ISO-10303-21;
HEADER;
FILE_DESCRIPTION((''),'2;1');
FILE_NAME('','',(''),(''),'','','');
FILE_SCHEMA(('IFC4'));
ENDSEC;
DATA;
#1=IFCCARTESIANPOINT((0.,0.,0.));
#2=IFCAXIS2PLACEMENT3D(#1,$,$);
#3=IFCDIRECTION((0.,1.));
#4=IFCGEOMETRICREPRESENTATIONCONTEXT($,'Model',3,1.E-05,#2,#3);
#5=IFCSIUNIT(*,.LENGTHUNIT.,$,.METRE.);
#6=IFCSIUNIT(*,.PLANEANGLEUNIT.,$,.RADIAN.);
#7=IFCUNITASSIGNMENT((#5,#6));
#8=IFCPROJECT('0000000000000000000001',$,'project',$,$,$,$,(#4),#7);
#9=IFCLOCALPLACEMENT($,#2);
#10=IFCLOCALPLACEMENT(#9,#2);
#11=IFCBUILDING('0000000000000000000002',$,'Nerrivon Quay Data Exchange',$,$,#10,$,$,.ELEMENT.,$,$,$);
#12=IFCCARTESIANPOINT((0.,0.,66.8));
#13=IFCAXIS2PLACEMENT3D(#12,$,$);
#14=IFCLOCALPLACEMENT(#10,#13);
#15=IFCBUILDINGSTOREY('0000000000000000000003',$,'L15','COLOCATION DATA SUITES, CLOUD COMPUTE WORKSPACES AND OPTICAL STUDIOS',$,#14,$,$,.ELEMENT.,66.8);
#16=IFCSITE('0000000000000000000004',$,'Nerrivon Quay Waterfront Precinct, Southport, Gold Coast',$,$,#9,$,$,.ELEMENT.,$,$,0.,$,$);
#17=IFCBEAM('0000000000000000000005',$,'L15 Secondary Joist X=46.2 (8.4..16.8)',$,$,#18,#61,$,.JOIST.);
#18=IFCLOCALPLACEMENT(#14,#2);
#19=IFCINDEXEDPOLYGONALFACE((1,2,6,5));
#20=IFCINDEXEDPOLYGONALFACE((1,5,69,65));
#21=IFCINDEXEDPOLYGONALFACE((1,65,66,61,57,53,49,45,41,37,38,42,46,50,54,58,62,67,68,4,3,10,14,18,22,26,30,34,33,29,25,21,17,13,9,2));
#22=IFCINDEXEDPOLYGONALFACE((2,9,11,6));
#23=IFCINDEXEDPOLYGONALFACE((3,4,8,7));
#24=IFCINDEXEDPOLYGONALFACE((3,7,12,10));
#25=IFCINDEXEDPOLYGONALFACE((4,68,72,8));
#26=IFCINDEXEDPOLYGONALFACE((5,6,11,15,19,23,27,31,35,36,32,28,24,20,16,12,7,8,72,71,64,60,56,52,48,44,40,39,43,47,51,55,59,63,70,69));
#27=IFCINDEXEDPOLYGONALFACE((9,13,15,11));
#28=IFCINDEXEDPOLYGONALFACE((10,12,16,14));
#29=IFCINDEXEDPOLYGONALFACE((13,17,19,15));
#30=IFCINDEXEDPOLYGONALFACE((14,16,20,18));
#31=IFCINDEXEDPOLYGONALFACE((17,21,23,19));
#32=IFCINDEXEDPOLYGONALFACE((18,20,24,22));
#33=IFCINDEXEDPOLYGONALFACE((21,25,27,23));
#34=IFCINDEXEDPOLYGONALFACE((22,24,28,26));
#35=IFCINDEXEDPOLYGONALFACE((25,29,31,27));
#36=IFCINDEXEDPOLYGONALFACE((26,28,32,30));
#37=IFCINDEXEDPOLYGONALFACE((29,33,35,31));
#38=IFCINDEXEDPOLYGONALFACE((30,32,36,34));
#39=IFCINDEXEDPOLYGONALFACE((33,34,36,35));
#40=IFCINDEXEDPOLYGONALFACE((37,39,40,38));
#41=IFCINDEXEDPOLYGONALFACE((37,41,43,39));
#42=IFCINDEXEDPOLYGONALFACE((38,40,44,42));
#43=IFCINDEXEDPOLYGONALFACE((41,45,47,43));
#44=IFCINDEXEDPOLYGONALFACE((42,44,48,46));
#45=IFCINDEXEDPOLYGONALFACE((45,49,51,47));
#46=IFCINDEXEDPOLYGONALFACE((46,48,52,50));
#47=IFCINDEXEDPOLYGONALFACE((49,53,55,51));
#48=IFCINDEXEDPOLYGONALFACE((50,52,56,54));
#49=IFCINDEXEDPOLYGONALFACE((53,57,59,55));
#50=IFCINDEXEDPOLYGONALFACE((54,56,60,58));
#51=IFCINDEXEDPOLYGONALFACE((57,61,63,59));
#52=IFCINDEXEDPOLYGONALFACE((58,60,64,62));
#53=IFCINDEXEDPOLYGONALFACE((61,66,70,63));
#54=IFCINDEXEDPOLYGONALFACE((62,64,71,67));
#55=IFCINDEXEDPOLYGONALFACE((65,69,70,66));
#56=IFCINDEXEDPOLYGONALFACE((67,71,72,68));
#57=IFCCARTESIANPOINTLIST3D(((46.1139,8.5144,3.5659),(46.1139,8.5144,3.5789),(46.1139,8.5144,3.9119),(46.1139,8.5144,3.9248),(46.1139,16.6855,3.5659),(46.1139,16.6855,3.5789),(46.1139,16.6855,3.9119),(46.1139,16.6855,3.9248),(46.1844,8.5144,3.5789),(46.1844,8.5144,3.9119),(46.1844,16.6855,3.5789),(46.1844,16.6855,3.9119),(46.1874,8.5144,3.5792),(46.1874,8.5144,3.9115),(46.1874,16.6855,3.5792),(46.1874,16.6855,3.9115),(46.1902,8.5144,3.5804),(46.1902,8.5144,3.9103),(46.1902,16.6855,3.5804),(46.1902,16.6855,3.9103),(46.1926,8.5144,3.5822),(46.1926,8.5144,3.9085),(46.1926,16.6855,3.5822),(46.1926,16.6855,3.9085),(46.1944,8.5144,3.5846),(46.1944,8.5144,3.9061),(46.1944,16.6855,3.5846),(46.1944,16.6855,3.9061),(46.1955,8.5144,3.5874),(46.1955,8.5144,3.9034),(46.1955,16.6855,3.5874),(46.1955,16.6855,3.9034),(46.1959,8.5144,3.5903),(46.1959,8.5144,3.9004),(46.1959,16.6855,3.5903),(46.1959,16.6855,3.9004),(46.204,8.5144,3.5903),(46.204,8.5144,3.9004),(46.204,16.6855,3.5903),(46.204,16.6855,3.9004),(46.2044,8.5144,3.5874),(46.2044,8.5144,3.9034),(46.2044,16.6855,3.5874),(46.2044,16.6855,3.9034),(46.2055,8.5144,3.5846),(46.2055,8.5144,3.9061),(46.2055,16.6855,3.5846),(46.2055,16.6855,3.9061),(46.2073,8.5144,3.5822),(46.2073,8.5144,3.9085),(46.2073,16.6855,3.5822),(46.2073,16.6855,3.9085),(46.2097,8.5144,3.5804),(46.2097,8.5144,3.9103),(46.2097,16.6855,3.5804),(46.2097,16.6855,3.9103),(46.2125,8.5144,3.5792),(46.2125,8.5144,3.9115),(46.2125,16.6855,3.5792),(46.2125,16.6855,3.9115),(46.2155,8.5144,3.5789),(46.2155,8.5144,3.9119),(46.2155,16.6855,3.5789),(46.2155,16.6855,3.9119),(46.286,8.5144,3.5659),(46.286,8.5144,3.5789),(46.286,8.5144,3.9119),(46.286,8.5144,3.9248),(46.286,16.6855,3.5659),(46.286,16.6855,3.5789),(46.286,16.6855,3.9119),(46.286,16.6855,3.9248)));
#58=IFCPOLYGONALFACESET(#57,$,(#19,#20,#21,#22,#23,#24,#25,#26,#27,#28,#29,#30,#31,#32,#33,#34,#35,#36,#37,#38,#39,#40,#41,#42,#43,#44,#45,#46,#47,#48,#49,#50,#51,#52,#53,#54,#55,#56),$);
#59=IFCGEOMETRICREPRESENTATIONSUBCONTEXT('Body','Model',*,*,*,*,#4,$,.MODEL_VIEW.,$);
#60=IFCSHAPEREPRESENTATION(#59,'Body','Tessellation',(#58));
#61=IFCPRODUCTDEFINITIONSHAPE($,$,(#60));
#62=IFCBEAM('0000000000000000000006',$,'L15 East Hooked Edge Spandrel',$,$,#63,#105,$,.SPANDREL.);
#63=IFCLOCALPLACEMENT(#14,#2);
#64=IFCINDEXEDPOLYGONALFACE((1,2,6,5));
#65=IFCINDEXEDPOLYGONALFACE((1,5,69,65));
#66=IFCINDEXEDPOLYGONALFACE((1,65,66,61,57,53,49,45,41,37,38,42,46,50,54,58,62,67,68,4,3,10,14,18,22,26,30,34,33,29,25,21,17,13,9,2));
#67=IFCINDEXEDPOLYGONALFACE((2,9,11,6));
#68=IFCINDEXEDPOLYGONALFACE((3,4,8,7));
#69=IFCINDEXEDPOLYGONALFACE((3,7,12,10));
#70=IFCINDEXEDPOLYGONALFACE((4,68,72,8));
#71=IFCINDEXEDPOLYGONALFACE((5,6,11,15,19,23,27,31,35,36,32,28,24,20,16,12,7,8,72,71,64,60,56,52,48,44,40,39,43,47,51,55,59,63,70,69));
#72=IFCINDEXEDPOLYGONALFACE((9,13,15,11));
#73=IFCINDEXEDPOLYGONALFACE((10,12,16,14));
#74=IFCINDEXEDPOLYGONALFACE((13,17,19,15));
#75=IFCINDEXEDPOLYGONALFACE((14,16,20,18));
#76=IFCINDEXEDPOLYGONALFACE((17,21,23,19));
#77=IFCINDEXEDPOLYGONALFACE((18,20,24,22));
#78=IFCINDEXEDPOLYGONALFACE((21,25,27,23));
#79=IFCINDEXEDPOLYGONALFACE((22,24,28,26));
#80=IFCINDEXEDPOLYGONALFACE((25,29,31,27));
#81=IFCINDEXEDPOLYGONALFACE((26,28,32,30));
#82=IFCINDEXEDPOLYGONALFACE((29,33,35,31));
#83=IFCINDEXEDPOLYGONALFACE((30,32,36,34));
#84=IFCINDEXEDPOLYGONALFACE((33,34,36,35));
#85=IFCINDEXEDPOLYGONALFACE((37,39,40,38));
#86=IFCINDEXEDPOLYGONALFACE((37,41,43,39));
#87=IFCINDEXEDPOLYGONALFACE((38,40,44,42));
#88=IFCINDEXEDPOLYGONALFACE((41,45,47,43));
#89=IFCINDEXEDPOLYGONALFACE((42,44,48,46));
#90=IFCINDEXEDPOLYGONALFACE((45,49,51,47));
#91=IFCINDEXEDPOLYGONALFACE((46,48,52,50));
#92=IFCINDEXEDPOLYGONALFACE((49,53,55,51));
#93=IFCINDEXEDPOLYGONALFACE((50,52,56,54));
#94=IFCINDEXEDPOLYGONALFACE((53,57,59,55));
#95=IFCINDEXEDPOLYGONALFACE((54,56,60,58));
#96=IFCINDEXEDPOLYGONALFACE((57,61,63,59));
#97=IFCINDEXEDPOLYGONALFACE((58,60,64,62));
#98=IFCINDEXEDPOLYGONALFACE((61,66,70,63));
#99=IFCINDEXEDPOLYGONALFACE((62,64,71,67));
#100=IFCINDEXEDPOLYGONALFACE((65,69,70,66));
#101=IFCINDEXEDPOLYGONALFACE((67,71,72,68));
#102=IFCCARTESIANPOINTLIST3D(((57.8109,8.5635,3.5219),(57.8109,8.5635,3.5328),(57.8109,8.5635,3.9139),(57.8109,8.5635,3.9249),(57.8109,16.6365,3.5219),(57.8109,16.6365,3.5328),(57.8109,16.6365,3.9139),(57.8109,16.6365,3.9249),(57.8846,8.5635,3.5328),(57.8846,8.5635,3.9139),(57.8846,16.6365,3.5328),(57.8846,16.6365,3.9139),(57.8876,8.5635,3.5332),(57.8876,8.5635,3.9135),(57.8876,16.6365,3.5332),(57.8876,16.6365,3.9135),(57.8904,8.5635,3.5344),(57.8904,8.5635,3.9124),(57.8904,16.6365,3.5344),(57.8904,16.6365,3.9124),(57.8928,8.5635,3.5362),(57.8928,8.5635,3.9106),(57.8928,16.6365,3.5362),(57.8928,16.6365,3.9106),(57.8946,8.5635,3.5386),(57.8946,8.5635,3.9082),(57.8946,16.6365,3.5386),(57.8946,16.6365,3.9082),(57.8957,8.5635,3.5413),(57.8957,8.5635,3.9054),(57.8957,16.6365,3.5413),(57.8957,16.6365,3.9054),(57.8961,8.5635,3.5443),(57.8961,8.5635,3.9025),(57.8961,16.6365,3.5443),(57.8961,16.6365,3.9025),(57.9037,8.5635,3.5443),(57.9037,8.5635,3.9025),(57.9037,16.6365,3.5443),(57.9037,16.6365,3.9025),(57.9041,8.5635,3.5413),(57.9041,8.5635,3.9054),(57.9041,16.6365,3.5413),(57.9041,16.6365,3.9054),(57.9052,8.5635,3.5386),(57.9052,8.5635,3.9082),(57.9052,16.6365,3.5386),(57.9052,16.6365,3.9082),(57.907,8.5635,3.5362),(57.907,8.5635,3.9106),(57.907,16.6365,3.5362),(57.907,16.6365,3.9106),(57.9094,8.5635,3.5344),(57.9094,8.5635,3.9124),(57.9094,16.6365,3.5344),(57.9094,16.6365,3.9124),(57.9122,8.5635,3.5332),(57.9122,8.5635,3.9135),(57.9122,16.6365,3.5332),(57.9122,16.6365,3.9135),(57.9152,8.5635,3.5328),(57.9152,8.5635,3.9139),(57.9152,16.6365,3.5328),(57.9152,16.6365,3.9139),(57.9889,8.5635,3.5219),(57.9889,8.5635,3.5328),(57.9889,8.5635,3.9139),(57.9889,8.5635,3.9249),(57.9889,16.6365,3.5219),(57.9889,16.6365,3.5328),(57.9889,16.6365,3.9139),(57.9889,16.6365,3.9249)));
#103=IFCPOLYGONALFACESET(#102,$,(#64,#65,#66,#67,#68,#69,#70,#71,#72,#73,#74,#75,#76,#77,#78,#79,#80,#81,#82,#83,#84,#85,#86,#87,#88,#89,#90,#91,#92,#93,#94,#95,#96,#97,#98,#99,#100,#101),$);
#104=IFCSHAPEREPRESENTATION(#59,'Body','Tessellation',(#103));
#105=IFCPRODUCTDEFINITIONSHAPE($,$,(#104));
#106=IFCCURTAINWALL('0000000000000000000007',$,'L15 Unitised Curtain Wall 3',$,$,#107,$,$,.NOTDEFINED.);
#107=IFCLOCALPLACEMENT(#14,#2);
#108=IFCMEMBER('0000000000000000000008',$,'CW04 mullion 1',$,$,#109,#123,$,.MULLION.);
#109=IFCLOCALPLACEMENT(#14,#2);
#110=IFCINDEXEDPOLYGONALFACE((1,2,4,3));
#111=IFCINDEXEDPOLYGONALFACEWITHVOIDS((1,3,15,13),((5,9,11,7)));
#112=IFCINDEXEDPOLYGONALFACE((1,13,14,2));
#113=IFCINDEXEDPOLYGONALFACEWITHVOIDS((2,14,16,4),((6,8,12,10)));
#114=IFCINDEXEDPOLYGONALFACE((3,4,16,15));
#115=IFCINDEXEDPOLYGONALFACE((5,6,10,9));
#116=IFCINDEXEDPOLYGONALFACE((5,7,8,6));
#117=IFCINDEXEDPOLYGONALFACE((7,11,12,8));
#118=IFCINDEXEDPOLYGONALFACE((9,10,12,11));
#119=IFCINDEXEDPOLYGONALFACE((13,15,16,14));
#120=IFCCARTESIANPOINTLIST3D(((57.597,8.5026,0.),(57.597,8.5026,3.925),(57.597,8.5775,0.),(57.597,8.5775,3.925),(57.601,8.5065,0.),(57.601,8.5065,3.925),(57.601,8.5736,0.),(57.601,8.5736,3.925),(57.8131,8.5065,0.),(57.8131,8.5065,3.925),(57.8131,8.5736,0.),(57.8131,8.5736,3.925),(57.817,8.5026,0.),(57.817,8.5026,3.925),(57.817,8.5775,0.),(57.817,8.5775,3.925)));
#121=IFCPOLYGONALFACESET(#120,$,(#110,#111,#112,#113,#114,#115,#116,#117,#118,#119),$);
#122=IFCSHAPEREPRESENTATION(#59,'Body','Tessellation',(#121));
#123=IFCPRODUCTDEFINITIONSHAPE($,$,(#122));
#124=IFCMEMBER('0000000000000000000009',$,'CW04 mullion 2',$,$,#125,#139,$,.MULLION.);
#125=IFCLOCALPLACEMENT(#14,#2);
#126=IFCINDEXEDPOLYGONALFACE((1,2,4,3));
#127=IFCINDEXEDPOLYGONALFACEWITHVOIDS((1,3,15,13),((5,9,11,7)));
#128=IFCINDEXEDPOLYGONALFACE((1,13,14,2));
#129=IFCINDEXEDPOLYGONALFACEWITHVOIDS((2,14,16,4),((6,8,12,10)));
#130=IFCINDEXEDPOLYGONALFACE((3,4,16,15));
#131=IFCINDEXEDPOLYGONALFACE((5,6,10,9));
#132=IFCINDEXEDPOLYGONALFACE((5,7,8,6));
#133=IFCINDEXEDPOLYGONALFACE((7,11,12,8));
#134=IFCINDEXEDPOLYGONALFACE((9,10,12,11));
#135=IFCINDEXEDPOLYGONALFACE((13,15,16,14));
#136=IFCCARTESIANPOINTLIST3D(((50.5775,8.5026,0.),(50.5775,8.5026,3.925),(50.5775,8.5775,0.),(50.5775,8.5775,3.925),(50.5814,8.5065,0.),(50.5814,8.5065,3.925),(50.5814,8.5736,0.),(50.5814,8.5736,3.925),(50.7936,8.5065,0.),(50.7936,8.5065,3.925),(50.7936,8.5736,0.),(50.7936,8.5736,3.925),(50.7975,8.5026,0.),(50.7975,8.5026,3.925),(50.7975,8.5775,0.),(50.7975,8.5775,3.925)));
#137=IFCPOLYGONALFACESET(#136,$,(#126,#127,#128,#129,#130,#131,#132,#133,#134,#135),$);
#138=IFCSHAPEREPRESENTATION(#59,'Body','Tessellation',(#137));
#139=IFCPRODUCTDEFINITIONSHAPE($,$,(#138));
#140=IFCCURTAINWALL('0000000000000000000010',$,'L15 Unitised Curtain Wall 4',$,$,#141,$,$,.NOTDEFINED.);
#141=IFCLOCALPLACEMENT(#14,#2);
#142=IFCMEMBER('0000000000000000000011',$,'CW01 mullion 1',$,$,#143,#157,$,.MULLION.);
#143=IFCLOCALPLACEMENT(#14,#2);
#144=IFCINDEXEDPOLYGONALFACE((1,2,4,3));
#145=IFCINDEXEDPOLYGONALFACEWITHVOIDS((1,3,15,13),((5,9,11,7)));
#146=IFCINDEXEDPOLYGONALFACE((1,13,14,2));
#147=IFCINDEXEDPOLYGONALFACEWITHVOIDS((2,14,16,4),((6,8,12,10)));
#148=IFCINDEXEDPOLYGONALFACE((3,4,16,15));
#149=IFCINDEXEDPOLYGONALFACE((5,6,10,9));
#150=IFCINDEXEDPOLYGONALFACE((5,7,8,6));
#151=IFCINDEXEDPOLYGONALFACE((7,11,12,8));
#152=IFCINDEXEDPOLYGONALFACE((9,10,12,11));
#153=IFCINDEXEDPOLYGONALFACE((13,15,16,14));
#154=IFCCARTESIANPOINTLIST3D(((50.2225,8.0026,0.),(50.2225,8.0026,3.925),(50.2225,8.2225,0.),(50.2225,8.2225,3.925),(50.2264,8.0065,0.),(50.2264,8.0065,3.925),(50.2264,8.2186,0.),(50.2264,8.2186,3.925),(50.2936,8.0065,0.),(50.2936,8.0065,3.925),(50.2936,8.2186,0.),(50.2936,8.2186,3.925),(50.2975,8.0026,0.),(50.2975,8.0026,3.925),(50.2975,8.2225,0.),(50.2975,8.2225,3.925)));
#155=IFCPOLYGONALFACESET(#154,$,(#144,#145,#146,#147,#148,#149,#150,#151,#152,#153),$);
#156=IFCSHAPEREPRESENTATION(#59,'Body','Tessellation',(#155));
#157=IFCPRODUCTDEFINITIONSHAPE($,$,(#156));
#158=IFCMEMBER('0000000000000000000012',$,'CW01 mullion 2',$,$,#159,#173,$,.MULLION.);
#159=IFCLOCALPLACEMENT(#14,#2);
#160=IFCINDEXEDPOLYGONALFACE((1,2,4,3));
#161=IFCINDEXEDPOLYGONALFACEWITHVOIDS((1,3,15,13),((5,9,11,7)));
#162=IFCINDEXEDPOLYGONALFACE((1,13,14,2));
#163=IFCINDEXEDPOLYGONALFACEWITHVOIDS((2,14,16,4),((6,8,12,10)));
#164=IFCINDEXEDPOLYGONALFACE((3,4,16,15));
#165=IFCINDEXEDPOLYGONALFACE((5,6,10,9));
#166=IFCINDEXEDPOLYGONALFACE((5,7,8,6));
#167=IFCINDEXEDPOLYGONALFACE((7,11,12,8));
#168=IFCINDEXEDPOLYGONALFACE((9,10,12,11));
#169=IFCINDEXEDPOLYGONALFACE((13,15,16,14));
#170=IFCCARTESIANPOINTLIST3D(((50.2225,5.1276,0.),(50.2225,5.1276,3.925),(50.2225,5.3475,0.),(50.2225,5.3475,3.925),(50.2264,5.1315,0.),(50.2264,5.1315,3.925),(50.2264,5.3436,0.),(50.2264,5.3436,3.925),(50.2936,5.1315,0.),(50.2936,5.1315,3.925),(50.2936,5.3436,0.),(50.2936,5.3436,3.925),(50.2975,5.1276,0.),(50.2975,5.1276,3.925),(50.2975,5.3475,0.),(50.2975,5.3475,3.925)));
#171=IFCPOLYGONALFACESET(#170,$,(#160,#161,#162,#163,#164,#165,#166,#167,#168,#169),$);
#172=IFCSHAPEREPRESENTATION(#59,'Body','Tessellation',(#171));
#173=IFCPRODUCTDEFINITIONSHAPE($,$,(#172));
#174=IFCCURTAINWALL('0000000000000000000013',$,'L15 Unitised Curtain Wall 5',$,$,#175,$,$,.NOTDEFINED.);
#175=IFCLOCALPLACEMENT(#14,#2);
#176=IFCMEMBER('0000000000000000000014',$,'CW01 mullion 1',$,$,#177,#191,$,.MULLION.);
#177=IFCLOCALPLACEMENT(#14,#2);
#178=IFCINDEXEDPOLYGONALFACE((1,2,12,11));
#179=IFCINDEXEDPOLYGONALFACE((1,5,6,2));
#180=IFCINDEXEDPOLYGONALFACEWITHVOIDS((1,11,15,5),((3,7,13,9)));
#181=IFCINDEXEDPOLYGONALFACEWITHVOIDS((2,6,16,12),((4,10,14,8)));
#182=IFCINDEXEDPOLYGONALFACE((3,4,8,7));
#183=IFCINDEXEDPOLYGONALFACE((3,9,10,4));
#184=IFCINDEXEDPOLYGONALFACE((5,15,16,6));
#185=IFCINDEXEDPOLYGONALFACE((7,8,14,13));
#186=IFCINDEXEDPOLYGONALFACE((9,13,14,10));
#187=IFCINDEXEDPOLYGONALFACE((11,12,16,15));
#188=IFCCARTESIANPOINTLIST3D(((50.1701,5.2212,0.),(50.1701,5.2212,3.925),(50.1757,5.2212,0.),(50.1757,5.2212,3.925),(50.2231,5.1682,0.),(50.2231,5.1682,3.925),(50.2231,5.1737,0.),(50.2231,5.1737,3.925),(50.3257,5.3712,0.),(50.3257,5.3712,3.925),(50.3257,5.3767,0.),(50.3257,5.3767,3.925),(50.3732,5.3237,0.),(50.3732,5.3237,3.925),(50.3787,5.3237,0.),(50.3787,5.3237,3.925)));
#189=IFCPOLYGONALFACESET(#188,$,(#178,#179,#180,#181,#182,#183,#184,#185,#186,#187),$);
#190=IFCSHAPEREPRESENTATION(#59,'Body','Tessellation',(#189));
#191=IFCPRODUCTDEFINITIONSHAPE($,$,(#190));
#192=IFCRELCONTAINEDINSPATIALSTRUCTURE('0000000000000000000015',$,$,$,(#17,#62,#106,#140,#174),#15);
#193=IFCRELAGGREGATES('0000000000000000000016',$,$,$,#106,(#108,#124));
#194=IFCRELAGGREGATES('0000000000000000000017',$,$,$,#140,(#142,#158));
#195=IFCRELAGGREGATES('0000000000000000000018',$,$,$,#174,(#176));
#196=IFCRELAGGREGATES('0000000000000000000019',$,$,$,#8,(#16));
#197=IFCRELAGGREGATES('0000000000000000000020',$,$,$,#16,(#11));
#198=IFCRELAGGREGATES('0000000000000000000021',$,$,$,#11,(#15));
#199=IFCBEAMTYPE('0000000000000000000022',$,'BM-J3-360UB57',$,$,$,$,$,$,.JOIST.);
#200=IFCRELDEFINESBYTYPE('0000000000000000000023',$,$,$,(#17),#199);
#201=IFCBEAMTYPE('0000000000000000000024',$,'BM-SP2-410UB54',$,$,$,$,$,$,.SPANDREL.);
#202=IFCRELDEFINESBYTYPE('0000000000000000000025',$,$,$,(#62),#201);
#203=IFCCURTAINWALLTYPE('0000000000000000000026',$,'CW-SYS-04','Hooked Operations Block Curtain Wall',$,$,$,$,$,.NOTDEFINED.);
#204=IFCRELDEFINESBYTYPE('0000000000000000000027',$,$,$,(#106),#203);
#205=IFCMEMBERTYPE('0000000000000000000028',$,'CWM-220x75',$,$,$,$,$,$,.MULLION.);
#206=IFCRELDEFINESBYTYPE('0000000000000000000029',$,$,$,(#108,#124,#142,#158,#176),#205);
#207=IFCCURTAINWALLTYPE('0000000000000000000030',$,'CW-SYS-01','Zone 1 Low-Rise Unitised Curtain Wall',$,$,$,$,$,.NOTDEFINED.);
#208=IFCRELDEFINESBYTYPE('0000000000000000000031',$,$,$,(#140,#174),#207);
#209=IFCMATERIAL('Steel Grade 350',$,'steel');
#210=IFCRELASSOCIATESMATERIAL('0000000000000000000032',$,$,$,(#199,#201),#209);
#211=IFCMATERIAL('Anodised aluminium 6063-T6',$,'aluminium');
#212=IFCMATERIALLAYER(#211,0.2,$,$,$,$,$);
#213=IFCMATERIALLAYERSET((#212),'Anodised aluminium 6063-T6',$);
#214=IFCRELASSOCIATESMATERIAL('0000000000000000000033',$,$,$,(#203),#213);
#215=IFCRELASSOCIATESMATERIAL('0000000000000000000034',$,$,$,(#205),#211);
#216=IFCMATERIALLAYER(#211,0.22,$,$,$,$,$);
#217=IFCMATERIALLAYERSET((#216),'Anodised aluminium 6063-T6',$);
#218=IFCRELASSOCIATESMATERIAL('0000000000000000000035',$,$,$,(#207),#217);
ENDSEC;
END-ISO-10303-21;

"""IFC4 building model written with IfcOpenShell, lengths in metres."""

from ifc_helpers import new_model, si_unit, direction, frame, origin, origin_2d, place, context, subcontext, project, spatial, hollow_rectangle, i_section, extrude, material, layer, layer_set, material_profile, profile_set, type_object, element, aggregate, save


model = new_model("IFC4")

# Units and contexts
model_context = context("Model", 3, precision=1e-05, world=origin(), true_north=direction((0.0, 1.0)))
body_context = subcontext(model_context, "Body", "Model", "MODEL_VIEW")
ifc_project = project(units=[si_unit("LENGTHUNIT", "METRE"), si_unit("PLANEANGLEUNIT", "RADIAN")], contexts=[model_context])

# Site, building, storey
site_placement = place(None, origin())
site = spatial("IfcSite", under=ifc_project, at=site_placement, Name="Nerrivon Quay Waterfront Precinct, Southport, Gold Coast", CompositionType="ELEMENT", RefElevation=0.0)
building_placement = place(site_placement, origin())
building = spatial("IfcBuilding", under=site, at=building_placement, Name="Nerrivon Quay Data Exchange", CompositionType="ELEMENT")
storey_placement = place(building_placement, frame((0.0, 0.0, 66.8)))
storey = spatial("IfcBuildingStorey", under=building, at=storey_placement, Name="L15", Description="COLOCATION DATA SUITES, CLOUD COMPUTE WORKSPACES AND OPTICAL STUDIOS", CompositionType="ELEMENT", Elevation=66.8)

# Shared definitions
ifc_material_1 = material(Name="Steel Grade 350", Category="steel")

# Beams
ifc_material_profile_1 = material_profile(ifc_material_1, i_section(OverallWidth=0.1721, OverallDepth=0.3589, WebThickness=0.0081, FlangeThickness=0.0129, FilletRadius=0.0115, at=origin_2d()), Name="360UB56.7")
ifc_profile_set_1 = profile_set([ifc_material_profile_1], Name="Steel Grade 350")
beam_type_1 = type_object("IfcBeamType", Name="BM-J3-360UB57", PredefinedType="JOIST", material=ifc_profile_set_1)
beam_1_placement = place(storey_placement, frame((46.2, 8.5144, 3.7454), z_axis=(0.0, 1.0, 0.0), x_axis=(-1.0, 0.0, 0.0)))
element("IfcBeam", 1, at=beam_1_placement, inside=storey, type_object=beam_type_1, Name="L15 Secondary Joist X=46.2 (8.4..16.8)", PredefinedType="JOIST", context=body_context, shape_type="SweptSolid", body=[
    extrude(i_section(OverallWidth=0.1721, OverallDepth=0.3589, WebThickness=0.0081, FlangeThickness=0.0129, FilletRadius=0.0115, at=origin_2d()), origin(), (0.0, 0.0, 1.0), 8.1711),
])
ifc_material_profile_2 = material_profile(ifc_material_1, i_section(OverallWidth=0.178, OverallDepth=0.4031, WebThickness=0.0076, FlangeThickness=0.011, FilletRadius=0.0115, at=origin_2d()), Name="410UB53.7")
ifc_profile_set_2 = profile_set([ifc_material_profile_2], Name="Steel Grade 350")
beam_type_2 = type_object("IfcBeamType", Name="BM-SP2-410UB54", PredefinedType="SPANDREL", material=ifc_profile_set_2)
beam_2_placement = place(storey_placement, frame((57.8999, 8.5635, 3.7234), z_axis=(0.0, 1.0, 0.0), x_axis=(-1.0, 0.0, 0.0)))
element("IfcBeam", 2, at=beam_2_placement, inside=storey, type_object=beam_type_2, Name="L15 East Hooked Edge Spandrel", PredefinedType="SPANDREL", context=body_context, shape_type="SweptSolid", body=[
    extrude(i_section(OverallWidth=0.178, OverallDepth=0.4031, WebThickness=0.0076, FlangeThickness=0.011, FilletRadius=0.0115, at=origin_2d()), origin(), (0.0, 0.0, 1.0), 8.073),
])

# Curtain walls, members
ifc_material_2 = material(Name="Anodised aluminium 6063-T6", Category="aluminium")
ifc_layer_1 = layer(ifc_material_2, 0.2)
ifc_layer_set_1 = layer_set([ifc_layer_1], Name="Anodised aluminium 6063-T6")
curtain_wall_type_1 = type_object("IfcCurtainWallType", Name="CW-SYS-04", Description="Hooked Operations Block Curtain Wall", PredefinedType="NOTDEFINED", material=ifc_layer_set_1)
curtain_wall_1_placement = place(storey_placement, origin())
curtain_wall_1 = element("IfcCurtainWall", 3, at=curtain_wall_1_placement, inside=storey, type_object=curtain_wall_type_1, Name="L15 Unitised Curtain Wall 3", PredefinedType="NOTDEFINED")
ifc_material_profile_3 = material_profile(ifc_material_2, hollow_rectangle(XDim=0.075, YDim=0.22, WallThickness=0.0039, at=origin_2d()), Name="ALU-MULL-220x75")
ifc_profile_set_3 = profile_set([ifc_material_profile_3], Name="Anodised aluminium 6063-T6")
member_type_1 = type_object("IfcMemberType", Name="CWM-220x75", PredefinedType="MULLION", material=ifc_profile_set_3)
member_1_placement = place(storey_placement, frame((57.707, 8.54, 0.0), z_axis=(0.0, 0.0, 1.0), x_axis=(0.0, -1.0, 0.0)))
member_1 = element("IfcMember", 4, at=member_1_placement, type_object=member_type_1, Name="CW04 mullion 1", PredefinedType="MULLION", context=body_context, shape_type="SweptSolid", body=[
    extrude(hollow_rectangle(XDim=0.075, YDim=0.22, WallThickness=0.0039, at=origin_2d()), origin(), (0.0, 0.0, 1.0), 3.925),
])
member_2_placement = place(storey_placement, frame((50.6875, 8.54, 0.0), z_axis=(0.0, 0.0, 1.0), x_axis=(0.0, -1.0, 0.0)))
member_2 = element("IfcMember", 5, at=member_2_placement, type_object=member_type_1, Name="CW04 mullion 2", PredefinedType="MULLION", context=body_context, shape_type="SweptSolid", body=[
    extrude(hollow_rectangle(XDim=0.075, YDim=0.22, WallThickness=0.0039, at=origin_2d()), origin(), (0.0, 0.0, 1.0), 3.925),
])
ifc_layer_2 = layer(ifc_material_2, 0.22)
ifc_layer_set_2 = layer_set([ifc_layer_2], Name="Anodised aluminium 6063-T6")
curtain_wall_type_2 = type_object("IfcCurtainWallType", Name="CW-SYS-01", Description="Zone 1 Low-Rise Unitised Curtain Wall", PredefinedType="NOTDEFINED", material=ifc_layer_set_2)
curtain_wall_2_placement = place(storey_placement, origin())
curtain_wall_2 = element("IfcCurtainWall", 6, at=curtain_wall_2_placement, inside=storey, type_object=curtain_wall_type_2, Name="L15 Unitised Curtain Wall 4", PredefinedType="NOTDEFINED")
member_3_placement = place(storey_placement, frame((50.26, 8.1125, 0.0), z_axis=(0.0, 0.0, 1.0), x_axis=(1.0, 0.0, 0.0)))
member_3 = element("IfcMember", 7, at=member_3_placement, type_object=member_type_1, Name="CW01 mullion 1", PredefinedType="MULLION", context=body_context, shape_type="SweptSolid", body=[
    extrude(hollow_rectangle(XDim=0.075, YDim=0.22, WallThickness=0.0039, at=origin_2d()), origin(), (0.0, 0.0, 1.0), 3.925),
])
member_4_placement = place(storey_placement, frame((50.26, 5.2375, 0.0), z_axis=(0.0, 0.0, 1.0), x_axis=(1.0, 0.0, 0.0)))
member_4 = element("IfcMember", 8, at=member_4_placement, type_object=member_type_1, Name="CW01 mullion 2", PredefinedType="MULLION", context=body_context, shape_type="SweptSolid", body=[
    extrude(hollow_rectangle(XDim=0.075, YDim=0.22, WallThickness=0.0039, at=origin_2d()), origin(), (0.0, 0.0, 1.0), 3.925),
])
curtain_wall_3_placement = place(storey_placement, origin())
curtain_wall_3 = element("IfcCurtainWall", 9, at=curtain_wall_3_placement, inside=storey, type_object=curtain_wall_type_2, Name="L15 Unitised Curtain Wall 5", PredefinedType="NOTDEFINED")
member_5_placement = place(storey_placement, frame((50.2744, 5.2725, 0.0), z_axis=(0.0, 0.0, 1.0), x_axis=(0.707107, -0.707107, 0.0)))
member_5 = element("IfcMember", 10, at=member_5_placement, type_object=member_type_1, Name="CW01 mullion 1", PredefinedType="MULLION", context=body_context, shape_type="SweptSolid", body=[
    extrude(hollow_rectangle(XDim=0.075, YDim=0.22, WallThickness=0.0039, at=origin_2d()), origin(), (0.0, 0.0, 1.0), 3.925),
])

aggregate(curtain_wall_1, [member_1, member_2])
aggregate(curtain_wall_2, [member_3, member_4])
aggregate(curtain_wall_3, [member_5])

save(model, "model.ifc")
